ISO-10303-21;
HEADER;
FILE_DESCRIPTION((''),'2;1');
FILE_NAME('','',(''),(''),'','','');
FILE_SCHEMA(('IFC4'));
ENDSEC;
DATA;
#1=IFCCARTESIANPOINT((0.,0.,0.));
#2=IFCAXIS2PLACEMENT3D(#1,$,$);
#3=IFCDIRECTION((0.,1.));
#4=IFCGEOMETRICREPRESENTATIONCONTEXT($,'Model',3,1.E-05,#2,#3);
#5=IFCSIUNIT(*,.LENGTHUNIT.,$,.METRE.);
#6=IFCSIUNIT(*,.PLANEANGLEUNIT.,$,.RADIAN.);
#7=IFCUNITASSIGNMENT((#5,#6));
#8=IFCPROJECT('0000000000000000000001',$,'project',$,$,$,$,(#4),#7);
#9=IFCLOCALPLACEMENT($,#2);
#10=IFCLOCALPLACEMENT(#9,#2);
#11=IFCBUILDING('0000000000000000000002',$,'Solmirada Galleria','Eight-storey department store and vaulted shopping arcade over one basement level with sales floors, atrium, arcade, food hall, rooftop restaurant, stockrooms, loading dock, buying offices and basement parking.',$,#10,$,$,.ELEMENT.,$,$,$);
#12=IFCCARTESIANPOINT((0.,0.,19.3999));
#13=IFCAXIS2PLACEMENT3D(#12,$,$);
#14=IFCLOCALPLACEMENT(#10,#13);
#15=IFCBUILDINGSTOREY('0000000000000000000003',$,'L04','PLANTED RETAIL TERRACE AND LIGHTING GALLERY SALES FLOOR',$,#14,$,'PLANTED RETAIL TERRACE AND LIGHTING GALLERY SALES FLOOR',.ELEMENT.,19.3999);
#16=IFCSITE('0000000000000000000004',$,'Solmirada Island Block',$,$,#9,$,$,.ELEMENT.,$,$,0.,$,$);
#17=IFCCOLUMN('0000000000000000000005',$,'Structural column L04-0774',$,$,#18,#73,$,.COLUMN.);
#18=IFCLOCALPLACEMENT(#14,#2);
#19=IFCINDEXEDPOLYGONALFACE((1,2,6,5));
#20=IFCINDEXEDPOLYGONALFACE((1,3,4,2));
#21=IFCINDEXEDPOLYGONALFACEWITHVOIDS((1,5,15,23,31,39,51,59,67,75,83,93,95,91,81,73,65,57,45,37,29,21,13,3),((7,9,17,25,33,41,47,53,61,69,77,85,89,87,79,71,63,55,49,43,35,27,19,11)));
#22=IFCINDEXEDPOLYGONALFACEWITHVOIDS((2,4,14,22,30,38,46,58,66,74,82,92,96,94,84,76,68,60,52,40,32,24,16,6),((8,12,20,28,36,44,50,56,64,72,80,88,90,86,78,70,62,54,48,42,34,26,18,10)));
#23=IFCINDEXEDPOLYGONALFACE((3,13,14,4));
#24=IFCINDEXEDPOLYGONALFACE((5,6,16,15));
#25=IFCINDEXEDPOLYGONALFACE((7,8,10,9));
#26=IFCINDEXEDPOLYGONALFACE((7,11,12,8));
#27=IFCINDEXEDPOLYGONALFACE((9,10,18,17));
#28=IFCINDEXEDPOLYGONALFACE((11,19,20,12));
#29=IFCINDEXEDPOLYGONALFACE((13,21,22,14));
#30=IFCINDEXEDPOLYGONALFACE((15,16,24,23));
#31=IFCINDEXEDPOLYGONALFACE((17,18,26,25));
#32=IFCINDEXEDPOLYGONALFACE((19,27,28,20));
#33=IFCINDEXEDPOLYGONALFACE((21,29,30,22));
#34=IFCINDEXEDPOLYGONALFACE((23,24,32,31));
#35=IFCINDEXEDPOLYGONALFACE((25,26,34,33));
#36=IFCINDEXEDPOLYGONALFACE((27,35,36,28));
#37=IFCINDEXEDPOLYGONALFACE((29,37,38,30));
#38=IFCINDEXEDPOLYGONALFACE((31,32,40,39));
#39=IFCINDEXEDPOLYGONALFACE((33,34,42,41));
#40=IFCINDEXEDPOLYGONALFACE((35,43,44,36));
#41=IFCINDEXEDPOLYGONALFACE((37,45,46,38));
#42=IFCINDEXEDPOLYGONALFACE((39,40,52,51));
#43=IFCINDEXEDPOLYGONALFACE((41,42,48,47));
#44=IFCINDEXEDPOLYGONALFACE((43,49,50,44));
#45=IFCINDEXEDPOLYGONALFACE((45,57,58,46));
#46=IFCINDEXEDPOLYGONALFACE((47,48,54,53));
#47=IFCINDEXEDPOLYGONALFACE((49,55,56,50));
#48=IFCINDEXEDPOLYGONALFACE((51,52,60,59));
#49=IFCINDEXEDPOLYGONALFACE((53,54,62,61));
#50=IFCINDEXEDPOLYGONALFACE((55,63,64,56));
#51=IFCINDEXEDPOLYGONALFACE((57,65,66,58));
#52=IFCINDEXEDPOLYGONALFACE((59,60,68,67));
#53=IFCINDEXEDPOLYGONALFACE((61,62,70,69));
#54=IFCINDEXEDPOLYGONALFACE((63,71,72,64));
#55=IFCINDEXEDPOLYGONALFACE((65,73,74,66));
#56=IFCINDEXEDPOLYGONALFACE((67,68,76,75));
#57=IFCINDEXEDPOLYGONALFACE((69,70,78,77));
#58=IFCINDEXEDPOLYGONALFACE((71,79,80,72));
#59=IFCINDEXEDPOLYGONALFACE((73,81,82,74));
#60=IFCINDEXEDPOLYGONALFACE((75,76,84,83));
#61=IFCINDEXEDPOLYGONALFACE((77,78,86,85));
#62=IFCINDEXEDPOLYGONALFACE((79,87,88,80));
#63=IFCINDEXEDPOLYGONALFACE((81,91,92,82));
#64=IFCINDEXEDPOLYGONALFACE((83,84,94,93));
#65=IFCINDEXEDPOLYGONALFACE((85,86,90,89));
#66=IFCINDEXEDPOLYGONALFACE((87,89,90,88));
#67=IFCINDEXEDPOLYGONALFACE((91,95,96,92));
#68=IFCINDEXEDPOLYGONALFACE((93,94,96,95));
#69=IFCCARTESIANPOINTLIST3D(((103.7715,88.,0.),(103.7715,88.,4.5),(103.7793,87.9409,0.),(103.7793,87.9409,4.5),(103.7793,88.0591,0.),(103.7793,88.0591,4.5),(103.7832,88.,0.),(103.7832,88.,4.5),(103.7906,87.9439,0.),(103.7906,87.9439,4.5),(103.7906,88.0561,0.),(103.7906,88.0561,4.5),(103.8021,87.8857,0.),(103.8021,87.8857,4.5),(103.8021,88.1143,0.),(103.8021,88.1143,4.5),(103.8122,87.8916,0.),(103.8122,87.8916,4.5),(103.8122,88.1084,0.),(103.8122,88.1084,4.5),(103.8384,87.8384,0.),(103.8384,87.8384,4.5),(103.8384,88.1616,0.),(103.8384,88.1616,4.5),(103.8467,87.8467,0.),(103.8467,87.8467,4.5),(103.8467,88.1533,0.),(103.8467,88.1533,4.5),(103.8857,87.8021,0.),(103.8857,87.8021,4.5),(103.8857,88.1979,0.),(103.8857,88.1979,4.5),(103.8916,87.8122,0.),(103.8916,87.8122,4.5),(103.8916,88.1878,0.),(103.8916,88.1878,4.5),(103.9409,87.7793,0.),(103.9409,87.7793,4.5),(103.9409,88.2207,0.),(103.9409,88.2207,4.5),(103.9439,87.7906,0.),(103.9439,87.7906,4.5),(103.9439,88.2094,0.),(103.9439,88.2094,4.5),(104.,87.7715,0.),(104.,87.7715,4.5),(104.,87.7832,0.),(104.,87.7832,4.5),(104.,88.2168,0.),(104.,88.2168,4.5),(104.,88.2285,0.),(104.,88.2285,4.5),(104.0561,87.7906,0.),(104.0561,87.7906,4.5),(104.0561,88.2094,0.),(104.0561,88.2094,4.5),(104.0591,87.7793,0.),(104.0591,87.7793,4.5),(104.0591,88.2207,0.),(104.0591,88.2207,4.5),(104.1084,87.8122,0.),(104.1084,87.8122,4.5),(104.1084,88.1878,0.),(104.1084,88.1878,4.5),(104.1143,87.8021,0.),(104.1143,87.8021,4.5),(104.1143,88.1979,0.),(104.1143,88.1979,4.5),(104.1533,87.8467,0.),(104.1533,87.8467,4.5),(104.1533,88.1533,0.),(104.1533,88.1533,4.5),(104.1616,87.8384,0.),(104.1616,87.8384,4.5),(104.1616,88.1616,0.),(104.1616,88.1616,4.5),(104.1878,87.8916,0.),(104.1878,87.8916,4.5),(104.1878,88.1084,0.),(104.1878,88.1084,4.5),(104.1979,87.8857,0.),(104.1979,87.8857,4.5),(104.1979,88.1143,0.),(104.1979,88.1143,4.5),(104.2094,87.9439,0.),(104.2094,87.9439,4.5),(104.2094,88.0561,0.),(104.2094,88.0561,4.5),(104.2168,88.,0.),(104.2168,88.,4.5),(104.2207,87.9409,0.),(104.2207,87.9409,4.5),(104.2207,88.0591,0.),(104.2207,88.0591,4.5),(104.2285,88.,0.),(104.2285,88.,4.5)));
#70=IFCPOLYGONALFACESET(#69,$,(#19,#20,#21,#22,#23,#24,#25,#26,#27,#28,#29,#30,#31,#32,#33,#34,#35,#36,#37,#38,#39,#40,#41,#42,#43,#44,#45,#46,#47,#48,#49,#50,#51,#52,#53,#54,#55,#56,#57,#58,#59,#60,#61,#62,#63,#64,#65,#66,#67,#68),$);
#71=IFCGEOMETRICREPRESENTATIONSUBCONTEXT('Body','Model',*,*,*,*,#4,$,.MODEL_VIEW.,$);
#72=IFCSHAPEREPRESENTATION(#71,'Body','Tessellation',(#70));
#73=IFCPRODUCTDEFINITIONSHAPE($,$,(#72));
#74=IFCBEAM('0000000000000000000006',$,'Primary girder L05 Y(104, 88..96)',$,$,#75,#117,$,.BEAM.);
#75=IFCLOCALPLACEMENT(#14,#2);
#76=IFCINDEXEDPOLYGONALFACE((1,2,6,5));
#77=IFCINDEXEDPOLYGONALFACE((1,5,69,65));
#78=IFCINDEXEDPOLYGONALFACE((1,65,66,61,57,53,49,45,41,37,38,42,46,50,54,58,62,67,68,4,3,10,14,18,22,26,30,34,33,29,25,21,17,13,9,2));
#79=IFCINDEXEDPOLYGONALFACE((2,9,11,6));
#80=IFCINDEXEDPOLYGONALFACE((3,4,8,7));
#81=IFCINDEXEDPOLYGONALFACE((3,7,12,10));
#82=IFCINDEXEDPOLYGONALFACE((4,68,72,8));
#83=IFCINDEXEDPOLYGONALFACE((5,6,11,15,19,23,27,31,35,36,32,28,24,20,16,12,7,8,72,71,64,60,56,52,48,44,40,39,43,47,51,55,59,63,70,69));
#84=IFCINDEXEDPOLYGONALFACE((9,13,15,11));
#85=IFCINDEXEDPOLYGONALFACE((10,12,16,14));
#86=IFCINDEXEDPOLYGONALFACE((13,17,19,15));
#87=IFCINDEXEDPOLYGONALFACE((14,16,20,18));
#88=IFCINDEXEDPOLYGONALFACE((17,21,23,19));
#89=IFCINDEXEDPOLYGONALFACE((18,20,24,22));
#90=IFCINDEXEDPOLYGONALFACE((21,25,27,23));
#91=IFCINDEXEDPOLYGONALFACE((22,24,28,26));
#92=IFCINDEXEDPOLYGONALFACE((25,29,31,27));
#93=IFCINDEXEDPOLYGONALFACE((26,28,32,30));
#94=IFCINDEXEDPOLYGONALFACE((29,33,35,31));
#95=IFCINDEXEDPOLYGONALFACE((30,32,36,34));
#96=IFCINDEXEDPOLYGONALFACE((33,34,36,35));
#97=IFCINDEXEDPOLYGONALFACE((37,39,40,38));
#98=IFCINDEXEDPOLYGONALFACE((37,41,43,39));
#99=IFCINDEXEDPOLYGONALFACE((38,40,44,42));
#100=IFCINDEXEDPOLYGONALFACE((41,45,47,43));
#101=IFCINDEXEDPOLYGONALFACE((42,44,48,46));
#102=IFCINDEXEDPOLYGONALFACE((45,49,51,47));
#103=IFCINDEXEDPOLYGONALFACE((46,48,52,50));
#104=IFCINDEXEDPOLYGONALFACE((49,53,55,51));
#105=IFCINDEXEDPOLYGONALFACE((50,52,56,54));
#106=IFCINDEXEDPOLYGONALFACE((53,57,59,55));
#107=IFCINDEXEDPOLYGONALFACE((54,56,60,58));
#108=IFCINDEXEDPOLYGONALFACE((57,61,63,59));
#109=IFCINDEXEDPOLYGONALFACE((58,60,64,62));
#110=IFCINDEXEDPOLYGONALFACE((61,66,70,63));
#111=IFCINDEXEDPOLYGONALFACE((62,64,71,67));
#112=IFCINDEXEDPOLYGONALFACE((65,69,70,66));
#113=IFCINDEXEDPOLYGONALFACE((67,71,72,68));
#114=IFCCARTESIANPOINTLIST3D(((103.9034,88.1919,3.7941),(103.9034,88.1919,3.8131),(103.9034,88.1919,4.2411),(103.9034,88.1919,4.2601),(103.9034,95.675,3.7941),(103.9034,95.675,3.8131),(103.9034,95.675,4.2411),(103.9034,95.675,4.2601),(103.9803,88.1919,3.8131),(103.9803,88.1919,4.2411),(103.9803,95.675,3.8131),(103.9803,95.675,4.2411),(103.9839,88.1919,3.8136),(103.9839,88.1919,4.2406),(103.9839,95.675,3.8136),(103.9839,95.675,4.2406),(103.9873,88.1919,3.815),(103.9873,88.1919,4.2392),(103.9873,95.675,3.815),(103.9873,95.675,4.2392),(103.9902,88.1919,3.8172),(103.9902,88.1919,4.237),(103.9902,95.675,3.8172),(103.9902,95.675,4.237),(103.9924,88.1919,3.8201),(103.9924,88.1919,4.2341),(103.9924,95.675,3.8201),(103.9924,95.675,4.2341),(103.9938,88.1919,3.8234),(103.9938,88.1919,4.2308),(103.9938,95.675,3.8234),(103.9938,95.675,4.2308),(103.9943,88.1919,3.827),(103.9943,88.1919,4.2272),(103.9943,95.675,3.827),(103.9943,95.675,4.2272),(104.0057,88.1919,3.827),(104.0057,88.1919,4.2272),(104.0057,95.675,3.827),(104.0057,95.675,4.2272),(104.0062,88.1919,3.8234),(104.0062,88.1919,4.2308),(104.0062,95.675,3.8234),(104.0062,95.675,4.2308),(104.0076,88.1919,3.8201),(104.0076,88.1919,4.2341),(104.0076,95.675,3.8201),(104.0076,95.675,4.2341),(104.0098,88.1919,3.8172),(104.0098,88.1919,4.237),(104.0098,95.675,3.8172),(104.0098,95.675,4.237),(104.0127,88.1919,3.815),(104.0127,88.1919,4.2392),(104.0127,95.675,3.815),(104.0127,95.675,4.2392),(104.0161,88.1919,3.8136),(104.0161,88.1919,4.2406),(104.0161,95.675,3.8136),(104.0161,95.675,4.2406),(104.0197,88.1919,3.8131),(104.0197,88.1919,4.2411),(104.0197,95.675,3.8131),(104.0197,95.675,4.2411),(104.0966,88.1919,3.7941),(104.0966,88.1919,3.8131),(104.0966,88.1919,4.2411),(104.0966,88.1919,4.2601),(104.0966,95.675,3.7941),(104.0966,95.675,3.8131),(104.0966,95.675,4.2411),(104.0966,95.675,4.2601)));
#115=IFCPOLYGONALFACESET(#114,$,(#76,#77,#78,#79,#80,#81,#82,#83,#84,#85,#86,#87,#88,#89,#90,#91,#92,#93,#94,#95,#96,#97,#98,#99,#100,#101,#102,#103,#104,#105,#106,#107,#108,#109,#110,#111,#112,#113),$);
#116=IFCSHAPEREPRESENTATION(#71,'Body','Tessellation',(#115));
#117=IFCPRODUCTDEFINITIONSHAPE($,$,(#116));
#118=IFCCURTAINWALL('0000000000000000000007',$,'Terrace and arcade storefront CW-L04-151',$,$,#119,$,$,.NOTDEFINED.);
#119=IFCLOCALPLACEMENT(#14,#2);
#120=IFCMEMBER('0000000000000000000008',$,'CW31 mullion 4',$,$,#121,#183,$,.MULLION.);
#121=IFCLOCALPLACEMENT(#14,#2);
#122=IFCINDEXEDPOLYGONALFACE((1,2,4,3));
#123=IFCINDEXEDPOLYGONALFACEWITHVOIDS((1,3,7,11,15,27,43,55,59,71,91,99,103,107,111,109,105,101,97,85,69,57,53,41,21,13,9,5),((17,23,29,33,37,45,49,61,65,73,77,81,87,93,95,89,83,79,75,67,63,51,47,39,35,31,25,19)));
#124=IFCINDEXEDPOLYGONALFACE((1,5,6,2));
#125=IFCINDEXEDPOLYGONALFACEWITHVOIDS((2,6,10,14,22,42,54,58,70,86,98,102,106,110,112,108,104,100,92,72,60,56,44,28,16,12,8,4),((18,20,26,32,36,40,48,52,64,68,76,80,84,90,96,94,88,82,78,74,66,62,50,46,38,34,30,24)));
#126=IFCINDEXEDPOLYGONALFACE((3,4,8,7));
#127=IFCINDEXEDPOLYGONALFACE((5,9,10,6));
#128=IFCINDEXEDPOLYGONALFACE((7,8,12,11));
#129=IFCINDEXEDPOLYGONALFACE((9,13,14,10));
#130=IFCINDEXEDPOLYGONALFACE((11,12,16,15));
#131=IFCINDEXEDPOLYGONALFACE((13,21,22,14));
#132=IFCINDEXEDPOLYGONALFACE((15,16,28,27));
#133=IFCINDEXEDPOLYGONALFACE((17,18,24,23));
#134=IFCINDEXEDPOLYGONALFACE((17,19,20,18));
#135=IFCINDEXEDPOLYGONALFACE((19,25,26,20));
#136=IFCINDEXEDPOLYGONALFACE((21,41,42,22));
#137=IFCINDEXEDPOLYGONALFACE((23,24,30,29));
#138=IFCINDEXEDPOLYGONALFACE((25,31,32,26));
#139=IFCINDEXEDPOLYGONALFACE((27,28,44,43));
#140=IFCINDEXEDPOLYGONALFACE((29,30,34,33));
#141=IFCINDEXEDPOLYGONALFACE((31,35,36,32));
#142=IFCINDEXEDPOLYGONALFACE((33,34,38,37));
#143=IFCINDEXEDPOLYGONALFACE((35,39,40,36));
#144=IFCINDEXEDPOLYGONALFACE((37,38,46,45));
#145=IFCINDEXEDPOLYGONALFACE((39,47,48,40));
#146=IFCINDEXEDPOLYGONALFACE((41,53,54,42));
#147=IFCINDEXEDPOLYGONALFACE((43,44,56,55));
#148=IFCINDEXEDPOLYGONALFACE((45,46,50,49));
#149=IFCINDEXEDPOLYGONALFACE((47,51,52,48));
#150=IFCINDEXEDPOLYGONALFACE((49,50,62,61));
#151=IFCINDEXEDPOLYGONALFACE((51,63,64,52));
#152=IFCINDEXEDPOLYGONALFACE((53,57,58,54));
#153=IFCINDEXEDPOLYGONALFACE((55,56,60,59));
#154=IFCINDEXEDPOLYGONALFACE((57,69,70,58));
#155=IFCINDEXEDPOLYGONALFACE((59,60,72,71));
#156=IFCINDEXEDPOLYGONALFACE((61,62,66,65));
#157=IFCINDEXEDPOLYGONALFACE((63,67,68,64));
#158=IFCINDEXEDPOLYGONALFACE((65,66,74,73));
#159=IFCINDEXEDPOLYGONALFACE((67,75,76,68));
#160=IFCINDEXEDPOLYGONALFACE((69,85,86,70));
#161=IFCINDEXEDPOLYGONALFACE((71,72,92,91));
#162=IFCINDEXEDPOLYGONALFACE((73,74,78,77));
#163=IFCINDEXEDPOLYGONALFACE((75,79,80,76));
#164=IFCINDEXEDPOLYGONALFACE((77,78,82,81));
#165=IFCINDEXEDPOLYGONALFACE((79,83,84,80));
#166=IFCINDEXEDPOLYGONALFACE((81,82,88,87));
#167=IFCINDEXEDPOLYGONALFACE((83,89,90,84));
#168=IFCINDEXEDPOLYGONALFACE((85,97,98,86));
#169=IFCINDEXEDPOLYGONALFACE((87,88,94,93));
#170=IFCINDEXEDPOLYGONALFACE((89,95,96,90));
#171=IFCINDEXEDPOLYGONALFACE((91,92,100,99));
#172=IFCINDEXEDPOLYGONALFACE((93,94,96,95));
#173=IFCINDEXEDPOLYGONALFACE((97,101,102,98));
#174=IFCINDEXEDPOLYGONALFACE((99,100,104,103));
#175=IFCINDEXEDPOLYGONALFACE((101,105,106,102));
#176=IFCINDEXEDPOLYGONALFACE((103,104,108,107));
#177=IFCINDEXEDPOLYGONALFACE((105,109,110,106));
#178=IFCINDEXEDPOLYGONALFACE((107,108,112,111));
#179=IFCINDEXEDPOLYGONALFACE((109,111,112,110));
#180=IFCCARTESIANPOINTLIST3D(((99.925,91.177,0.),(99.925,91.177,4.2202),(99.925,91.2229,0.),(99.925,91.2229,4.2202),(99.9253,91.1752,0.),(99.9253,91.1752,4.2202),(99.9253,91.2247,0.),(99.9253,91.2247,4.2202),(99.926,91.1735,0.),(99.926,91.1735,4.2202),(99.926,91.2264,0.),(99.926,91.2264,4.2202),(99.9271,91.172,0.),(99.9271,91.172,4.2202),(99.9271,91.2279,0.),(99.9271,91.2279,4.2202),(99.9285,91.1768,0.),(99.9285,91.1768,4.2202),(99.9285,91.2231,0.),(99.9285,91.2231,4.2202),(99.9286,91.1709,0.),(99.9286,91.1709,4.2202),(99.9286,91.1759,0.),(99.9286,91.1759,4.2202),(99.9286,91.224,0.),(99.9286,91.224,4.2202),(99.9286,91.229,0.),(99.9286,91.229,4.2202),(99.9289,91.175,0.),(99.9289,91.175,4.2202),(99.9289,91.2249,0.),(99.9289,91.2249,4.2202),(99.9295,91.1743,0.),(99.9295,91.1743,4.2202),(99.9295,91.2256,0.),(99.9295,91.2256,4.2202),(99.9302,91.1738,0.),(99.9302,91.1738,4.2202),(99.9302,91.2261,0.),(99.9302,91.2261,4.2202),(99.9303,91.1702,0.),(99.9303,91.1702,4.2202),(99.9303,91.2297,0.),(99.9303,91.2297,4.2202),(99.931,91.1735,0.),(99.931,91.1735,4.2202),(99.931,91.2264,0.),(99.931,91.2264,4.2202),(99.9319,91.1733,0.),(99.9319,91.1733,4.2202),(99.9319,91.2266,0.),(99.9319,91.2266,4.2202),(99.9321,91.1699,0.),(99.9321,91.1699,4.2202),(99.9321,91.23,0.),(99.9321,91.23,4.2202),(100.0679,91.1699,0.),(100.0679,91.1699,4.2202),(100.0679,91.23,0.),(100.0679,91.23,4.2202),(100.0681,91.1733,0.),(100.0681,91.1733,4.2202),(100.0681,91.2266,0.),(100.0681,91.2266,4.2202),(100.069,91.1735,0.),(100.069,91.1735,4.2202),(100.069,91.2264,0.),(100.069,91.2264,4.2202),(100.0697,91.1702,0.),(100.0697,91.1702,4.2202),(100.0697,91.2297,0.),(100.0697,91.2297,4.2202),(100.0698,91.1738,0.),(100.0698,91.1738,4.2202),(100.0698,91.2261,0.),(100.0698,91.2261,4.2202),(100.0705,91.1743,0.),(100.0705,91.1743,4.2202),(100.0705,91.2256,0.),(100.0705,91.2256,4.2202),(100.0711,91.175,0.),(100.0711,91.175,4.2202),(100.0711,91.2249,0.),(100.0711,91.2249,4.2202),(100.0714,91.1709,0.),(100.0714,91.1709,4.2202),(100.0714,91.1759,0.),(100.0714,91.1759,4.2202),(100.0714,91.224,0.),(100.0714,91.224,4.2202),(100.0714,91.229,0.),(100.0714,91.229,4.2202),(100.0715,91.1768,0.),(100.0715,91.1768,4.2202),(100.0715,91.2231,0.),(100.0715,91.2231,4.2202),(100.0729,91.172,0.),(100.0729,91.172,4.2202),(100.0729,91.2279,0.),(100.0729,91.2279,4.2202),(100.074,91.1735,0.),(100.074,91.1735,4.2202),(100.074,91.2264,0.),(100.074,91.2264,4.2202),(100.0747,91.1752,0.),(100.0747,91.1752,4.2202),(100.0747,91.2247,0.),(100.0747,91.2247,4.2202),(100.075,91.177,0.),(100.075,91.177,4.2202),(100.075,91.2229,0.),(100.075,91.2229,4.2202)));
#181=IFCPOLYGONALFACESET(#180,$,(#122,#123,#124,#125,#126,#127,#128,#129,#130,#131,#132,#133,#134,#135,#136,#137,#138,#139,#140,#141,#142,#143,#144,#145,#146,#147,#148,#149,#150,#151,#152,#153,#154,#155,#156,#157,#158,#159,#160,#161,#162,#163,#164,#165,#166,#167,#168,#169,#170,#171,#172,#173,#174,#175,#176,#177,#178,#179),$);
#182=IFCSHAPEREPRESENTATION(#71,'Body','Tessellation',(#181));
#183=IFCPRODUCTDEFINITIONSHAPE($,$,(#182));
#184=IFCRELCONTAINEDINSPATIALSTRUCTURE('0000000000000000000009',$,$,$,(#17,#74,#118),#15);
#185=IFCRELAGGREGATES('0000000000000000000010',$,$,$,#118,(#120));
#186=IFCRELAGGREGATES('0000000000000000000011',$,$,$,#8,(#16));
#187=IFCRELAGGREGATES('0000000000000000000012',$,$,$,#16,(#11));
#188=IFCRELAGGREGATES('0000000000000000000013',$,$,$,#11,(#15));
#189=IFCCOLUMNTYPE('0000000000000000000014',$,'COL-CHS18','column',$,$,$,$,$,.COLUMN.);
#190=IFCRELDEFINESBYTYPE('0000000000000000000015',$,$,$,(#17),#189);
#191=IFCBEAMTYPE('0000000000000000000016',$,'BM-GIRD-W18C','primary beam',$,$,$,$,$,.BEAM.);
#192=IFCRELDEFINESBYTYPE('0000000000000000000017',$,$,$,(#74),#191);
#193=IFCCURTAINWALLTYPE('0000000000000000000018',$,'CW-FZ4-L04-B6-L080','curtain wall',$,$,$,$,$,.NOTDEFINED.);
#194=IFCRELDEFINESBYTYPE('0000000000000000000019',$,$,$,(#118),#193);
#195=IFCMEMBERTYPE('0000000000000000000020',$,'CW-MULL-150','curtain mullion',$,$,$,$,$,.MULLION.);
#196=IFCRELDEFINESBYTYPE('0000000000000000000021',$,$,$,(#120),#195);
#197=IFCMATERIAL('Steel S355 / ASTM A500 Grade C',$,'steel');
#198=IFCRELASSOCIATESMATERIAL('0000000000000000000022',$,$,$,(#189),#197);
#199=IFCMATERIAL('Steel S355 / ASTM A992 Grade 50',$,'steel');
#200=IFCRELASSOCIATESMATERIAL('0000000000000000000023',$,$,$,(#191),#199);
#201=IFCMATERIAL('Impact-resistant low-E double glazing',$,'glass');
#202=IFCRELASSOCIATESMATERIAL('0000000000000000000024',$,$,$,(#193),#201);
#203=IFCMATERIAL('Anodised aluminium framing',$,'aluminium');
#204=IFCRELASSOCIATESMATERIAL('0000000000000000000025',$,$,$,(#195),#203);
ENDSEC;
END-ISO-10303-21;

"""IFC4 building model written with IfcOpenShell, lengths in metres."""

from ifc_helpers import new_model, si_unit, direction, frame, origin, origin_2d, place, context, subcontext, project, spatial, hollow_rectangle, hollow_circle, i_section, extrude, material, material_profile, profile_set, type_object, element, aggregate, save


model = new_model("IFC4")

# Units and contexts
model_context = context("Model", 3, precision=1e-05, world=origin(), true_north=direction((0.0, 1.0)))
body_context = subcontext(model_context, "Body", "Model", "MODEL_VIEW")
ifc_project = project(units=[si_unit("LENGTHUNIT", "METRE"), si_unit("PLANEANGLEUNIT", "RADIAN")], contexts=[model_context])

# Site, building, storey
site_placement = place(None, origin())
site = spatial("IfcSite", under=ifc_project, at=site_placement, Name="Solmirada Island Block", CompositionType="ELEMENT", RefElevation=0.0)
building_placement = place(site_placement, origin())
building = spatial("IfcBuilding", under=site, at=building_placement, Name="Solmirada Galleria", Description="Eight-storey department store and vaulted shopping arcade over one basement level with sales floors, atrium, arcade, food hall, rooftop restaurant, stockrooms, loading dock, buying offices and basement parking.", CompositionType="ELEMENT")
storey_placement = place(building_placement, frame((0.0, 0.0, 19.3999)))
storey = spatial("IfcBuildingStorey", under=building, at=storey_placement, Name="L04", Description="PLANTED RETAIL TERRACE AND LIGHTING GALLERY SALES FLOOR", LongName="PLANTED RETAIL TERRACE AND LIGHTING GALLERY SALES FLOOR", CompositionType="ELEMENT", Elevation=19.3999)

# Column
ifc_material_1 = material(Name="Steel S355 / ASTM A500 Grade C", Category="steel")
ifc_material_profile_1 = material_profile(ifc_material_1, hollow_circle(Radius=0.2285, WallThickness=0.0117, at=origin_2d()), Name="HSS18.000X0.500")
ifc_profile_set_1 = profile_set([ifc_material_profile_1], Name="Steel S355 / ASTM A500 Grade C")
column_type = type_object("IfcColumnType", Name="COL-CHS18", Description="column", PredefinedType="COLUMN", material=ifc_profile_set_1)
column_placement = place(storey_placement, frame((104.0, 88.0, 0.0), z_axis=(0.0, 0.0, 1.0), x_axis=(1.0, 0.0, 0.0)))
element("IfcColumn", 1, at=column_placement, inside=storey, type_object=column_type, Name="Structural column L04-0774", PredefinedType="COLUMN", context=body_context, shape_type="SweptSolid", body=[
    extrude(hollow_circle(Radius=0.2285, WallThickness=0.0117, at=origin_2d()), origin(), (0.0, 0.0, 1.0), 4.5),
])

# Beam
ifc_material_2 = material(Name="Steel S355 / ASTM A992 Grade 50", Category="steel")
ifc_material_profile_2 = material_profile(ifc_material_2, i_section(OverallWidth=0.1931, OverallDepth=0.4661, WebThickness=0.0115, FlangeThickness=0.019, FilletRadius=0.0139, at=origin_2d()), Name="W18X65")
ifc_profile_set_2 = profile_set([ifc_material_profile_2], Name="Steel S355 / ASTM A992 Grade 50")
beam_type = type_object("IfcBeamType", Name="BM-GIRD-W18C", Description="primary beam", PredefinedType="BEAM", material=ifc_profile_set_2)
beam_placement = place(storey_placement, frame((104.0, 88.1919, 4.0271), z_axis=(0.0, 1.0, 0.0), x_axis=(-1.0, 0.0, 0.0)))
element("IfcBeam", 2, at=beam_placement, inside=storey, type_object=beam_type, Name="Primary girder L05 Y(104, 88..96)", PredefinedType="BEAM", context=body_context, shape_type="SweptSolid", body=[
    extrude(i_section(OverallWidth=0.1931, OverallDepth=0.4661, WebThickness=0.0115, FlangeThickness=0.019, FilletRadius=0.0139, at=origin_2d()), origin(), (0.0, 0.0, 1.0), 7.4832),
])

# Curtain wall, member
ifc_material_3 = material(Name="Impact-resistant low-E double glazing", Category="glass")
curtain_wall_type = type_object("IfcCurtainWallType", Name="CW-FZ4-L04-B6-L080", Description="curtain wall", PredefinedType="NOTDEFINED", material=ifc_material_3)
curtain_wall_placement = place(storey_placement, origin())
curtain_wall = element("IfcCurtainWall", 3, at=curtain_wall_placement, inside=storey, type_object=curtain_wall_type, Name="Terrace and arcade storefront CW-L04-151", PredefinedType="NOTDEFINED")
ifc_material_4 = material(Name="Anodised aluminium framing", Category="aluminium")
ifc_material_profile_3 = material_profile(ifc_material_4, hollow_rectangle(XDim=0.0601, YDim=0.1499, WallThickness=0.0034, InnerFilletRadius=0.0034, OuterFilletRadius=0.0071, at=origin_2d()), Name="ALU-MULL-150X60")
ifc_profile_set_3 = profile_set([ifc_material_profile_3], Name="Anodised aluminium framing")
member_type_1 = type_object("IfcMemberType", Name="CW-MULL-150", Description="curtain mullion", PredefinedType="MULLION", material=ifc_profile_set_3)
member_1_placement = place(storey_placement, frame((100.0, 91.2, 0.0), z_axis=(0.0, 0.0, 1.0), x_axis=(0.0, -1.0, 0.0)))
member_1 = element("IfcMember", 4, at=member_1_placement, type_object=member_type_1, Name="CW31 mullion 4", PredefinedType="MULLION", context=body_context, shape_type="SweptSolid", body=[
    extrude(hollow_rectangle(XDim=0.0601, YDim=0.1499, WallThickness=0.0034, InnerFilletRadius=0.0034, OuterFilletRadius=0.0071, at=origin_2d()), origin(), (0.0, 0.0, 1.0), 4.2202),
])
aggregate(curtain_wall, [member_1])

save(model, "model.ifc")
